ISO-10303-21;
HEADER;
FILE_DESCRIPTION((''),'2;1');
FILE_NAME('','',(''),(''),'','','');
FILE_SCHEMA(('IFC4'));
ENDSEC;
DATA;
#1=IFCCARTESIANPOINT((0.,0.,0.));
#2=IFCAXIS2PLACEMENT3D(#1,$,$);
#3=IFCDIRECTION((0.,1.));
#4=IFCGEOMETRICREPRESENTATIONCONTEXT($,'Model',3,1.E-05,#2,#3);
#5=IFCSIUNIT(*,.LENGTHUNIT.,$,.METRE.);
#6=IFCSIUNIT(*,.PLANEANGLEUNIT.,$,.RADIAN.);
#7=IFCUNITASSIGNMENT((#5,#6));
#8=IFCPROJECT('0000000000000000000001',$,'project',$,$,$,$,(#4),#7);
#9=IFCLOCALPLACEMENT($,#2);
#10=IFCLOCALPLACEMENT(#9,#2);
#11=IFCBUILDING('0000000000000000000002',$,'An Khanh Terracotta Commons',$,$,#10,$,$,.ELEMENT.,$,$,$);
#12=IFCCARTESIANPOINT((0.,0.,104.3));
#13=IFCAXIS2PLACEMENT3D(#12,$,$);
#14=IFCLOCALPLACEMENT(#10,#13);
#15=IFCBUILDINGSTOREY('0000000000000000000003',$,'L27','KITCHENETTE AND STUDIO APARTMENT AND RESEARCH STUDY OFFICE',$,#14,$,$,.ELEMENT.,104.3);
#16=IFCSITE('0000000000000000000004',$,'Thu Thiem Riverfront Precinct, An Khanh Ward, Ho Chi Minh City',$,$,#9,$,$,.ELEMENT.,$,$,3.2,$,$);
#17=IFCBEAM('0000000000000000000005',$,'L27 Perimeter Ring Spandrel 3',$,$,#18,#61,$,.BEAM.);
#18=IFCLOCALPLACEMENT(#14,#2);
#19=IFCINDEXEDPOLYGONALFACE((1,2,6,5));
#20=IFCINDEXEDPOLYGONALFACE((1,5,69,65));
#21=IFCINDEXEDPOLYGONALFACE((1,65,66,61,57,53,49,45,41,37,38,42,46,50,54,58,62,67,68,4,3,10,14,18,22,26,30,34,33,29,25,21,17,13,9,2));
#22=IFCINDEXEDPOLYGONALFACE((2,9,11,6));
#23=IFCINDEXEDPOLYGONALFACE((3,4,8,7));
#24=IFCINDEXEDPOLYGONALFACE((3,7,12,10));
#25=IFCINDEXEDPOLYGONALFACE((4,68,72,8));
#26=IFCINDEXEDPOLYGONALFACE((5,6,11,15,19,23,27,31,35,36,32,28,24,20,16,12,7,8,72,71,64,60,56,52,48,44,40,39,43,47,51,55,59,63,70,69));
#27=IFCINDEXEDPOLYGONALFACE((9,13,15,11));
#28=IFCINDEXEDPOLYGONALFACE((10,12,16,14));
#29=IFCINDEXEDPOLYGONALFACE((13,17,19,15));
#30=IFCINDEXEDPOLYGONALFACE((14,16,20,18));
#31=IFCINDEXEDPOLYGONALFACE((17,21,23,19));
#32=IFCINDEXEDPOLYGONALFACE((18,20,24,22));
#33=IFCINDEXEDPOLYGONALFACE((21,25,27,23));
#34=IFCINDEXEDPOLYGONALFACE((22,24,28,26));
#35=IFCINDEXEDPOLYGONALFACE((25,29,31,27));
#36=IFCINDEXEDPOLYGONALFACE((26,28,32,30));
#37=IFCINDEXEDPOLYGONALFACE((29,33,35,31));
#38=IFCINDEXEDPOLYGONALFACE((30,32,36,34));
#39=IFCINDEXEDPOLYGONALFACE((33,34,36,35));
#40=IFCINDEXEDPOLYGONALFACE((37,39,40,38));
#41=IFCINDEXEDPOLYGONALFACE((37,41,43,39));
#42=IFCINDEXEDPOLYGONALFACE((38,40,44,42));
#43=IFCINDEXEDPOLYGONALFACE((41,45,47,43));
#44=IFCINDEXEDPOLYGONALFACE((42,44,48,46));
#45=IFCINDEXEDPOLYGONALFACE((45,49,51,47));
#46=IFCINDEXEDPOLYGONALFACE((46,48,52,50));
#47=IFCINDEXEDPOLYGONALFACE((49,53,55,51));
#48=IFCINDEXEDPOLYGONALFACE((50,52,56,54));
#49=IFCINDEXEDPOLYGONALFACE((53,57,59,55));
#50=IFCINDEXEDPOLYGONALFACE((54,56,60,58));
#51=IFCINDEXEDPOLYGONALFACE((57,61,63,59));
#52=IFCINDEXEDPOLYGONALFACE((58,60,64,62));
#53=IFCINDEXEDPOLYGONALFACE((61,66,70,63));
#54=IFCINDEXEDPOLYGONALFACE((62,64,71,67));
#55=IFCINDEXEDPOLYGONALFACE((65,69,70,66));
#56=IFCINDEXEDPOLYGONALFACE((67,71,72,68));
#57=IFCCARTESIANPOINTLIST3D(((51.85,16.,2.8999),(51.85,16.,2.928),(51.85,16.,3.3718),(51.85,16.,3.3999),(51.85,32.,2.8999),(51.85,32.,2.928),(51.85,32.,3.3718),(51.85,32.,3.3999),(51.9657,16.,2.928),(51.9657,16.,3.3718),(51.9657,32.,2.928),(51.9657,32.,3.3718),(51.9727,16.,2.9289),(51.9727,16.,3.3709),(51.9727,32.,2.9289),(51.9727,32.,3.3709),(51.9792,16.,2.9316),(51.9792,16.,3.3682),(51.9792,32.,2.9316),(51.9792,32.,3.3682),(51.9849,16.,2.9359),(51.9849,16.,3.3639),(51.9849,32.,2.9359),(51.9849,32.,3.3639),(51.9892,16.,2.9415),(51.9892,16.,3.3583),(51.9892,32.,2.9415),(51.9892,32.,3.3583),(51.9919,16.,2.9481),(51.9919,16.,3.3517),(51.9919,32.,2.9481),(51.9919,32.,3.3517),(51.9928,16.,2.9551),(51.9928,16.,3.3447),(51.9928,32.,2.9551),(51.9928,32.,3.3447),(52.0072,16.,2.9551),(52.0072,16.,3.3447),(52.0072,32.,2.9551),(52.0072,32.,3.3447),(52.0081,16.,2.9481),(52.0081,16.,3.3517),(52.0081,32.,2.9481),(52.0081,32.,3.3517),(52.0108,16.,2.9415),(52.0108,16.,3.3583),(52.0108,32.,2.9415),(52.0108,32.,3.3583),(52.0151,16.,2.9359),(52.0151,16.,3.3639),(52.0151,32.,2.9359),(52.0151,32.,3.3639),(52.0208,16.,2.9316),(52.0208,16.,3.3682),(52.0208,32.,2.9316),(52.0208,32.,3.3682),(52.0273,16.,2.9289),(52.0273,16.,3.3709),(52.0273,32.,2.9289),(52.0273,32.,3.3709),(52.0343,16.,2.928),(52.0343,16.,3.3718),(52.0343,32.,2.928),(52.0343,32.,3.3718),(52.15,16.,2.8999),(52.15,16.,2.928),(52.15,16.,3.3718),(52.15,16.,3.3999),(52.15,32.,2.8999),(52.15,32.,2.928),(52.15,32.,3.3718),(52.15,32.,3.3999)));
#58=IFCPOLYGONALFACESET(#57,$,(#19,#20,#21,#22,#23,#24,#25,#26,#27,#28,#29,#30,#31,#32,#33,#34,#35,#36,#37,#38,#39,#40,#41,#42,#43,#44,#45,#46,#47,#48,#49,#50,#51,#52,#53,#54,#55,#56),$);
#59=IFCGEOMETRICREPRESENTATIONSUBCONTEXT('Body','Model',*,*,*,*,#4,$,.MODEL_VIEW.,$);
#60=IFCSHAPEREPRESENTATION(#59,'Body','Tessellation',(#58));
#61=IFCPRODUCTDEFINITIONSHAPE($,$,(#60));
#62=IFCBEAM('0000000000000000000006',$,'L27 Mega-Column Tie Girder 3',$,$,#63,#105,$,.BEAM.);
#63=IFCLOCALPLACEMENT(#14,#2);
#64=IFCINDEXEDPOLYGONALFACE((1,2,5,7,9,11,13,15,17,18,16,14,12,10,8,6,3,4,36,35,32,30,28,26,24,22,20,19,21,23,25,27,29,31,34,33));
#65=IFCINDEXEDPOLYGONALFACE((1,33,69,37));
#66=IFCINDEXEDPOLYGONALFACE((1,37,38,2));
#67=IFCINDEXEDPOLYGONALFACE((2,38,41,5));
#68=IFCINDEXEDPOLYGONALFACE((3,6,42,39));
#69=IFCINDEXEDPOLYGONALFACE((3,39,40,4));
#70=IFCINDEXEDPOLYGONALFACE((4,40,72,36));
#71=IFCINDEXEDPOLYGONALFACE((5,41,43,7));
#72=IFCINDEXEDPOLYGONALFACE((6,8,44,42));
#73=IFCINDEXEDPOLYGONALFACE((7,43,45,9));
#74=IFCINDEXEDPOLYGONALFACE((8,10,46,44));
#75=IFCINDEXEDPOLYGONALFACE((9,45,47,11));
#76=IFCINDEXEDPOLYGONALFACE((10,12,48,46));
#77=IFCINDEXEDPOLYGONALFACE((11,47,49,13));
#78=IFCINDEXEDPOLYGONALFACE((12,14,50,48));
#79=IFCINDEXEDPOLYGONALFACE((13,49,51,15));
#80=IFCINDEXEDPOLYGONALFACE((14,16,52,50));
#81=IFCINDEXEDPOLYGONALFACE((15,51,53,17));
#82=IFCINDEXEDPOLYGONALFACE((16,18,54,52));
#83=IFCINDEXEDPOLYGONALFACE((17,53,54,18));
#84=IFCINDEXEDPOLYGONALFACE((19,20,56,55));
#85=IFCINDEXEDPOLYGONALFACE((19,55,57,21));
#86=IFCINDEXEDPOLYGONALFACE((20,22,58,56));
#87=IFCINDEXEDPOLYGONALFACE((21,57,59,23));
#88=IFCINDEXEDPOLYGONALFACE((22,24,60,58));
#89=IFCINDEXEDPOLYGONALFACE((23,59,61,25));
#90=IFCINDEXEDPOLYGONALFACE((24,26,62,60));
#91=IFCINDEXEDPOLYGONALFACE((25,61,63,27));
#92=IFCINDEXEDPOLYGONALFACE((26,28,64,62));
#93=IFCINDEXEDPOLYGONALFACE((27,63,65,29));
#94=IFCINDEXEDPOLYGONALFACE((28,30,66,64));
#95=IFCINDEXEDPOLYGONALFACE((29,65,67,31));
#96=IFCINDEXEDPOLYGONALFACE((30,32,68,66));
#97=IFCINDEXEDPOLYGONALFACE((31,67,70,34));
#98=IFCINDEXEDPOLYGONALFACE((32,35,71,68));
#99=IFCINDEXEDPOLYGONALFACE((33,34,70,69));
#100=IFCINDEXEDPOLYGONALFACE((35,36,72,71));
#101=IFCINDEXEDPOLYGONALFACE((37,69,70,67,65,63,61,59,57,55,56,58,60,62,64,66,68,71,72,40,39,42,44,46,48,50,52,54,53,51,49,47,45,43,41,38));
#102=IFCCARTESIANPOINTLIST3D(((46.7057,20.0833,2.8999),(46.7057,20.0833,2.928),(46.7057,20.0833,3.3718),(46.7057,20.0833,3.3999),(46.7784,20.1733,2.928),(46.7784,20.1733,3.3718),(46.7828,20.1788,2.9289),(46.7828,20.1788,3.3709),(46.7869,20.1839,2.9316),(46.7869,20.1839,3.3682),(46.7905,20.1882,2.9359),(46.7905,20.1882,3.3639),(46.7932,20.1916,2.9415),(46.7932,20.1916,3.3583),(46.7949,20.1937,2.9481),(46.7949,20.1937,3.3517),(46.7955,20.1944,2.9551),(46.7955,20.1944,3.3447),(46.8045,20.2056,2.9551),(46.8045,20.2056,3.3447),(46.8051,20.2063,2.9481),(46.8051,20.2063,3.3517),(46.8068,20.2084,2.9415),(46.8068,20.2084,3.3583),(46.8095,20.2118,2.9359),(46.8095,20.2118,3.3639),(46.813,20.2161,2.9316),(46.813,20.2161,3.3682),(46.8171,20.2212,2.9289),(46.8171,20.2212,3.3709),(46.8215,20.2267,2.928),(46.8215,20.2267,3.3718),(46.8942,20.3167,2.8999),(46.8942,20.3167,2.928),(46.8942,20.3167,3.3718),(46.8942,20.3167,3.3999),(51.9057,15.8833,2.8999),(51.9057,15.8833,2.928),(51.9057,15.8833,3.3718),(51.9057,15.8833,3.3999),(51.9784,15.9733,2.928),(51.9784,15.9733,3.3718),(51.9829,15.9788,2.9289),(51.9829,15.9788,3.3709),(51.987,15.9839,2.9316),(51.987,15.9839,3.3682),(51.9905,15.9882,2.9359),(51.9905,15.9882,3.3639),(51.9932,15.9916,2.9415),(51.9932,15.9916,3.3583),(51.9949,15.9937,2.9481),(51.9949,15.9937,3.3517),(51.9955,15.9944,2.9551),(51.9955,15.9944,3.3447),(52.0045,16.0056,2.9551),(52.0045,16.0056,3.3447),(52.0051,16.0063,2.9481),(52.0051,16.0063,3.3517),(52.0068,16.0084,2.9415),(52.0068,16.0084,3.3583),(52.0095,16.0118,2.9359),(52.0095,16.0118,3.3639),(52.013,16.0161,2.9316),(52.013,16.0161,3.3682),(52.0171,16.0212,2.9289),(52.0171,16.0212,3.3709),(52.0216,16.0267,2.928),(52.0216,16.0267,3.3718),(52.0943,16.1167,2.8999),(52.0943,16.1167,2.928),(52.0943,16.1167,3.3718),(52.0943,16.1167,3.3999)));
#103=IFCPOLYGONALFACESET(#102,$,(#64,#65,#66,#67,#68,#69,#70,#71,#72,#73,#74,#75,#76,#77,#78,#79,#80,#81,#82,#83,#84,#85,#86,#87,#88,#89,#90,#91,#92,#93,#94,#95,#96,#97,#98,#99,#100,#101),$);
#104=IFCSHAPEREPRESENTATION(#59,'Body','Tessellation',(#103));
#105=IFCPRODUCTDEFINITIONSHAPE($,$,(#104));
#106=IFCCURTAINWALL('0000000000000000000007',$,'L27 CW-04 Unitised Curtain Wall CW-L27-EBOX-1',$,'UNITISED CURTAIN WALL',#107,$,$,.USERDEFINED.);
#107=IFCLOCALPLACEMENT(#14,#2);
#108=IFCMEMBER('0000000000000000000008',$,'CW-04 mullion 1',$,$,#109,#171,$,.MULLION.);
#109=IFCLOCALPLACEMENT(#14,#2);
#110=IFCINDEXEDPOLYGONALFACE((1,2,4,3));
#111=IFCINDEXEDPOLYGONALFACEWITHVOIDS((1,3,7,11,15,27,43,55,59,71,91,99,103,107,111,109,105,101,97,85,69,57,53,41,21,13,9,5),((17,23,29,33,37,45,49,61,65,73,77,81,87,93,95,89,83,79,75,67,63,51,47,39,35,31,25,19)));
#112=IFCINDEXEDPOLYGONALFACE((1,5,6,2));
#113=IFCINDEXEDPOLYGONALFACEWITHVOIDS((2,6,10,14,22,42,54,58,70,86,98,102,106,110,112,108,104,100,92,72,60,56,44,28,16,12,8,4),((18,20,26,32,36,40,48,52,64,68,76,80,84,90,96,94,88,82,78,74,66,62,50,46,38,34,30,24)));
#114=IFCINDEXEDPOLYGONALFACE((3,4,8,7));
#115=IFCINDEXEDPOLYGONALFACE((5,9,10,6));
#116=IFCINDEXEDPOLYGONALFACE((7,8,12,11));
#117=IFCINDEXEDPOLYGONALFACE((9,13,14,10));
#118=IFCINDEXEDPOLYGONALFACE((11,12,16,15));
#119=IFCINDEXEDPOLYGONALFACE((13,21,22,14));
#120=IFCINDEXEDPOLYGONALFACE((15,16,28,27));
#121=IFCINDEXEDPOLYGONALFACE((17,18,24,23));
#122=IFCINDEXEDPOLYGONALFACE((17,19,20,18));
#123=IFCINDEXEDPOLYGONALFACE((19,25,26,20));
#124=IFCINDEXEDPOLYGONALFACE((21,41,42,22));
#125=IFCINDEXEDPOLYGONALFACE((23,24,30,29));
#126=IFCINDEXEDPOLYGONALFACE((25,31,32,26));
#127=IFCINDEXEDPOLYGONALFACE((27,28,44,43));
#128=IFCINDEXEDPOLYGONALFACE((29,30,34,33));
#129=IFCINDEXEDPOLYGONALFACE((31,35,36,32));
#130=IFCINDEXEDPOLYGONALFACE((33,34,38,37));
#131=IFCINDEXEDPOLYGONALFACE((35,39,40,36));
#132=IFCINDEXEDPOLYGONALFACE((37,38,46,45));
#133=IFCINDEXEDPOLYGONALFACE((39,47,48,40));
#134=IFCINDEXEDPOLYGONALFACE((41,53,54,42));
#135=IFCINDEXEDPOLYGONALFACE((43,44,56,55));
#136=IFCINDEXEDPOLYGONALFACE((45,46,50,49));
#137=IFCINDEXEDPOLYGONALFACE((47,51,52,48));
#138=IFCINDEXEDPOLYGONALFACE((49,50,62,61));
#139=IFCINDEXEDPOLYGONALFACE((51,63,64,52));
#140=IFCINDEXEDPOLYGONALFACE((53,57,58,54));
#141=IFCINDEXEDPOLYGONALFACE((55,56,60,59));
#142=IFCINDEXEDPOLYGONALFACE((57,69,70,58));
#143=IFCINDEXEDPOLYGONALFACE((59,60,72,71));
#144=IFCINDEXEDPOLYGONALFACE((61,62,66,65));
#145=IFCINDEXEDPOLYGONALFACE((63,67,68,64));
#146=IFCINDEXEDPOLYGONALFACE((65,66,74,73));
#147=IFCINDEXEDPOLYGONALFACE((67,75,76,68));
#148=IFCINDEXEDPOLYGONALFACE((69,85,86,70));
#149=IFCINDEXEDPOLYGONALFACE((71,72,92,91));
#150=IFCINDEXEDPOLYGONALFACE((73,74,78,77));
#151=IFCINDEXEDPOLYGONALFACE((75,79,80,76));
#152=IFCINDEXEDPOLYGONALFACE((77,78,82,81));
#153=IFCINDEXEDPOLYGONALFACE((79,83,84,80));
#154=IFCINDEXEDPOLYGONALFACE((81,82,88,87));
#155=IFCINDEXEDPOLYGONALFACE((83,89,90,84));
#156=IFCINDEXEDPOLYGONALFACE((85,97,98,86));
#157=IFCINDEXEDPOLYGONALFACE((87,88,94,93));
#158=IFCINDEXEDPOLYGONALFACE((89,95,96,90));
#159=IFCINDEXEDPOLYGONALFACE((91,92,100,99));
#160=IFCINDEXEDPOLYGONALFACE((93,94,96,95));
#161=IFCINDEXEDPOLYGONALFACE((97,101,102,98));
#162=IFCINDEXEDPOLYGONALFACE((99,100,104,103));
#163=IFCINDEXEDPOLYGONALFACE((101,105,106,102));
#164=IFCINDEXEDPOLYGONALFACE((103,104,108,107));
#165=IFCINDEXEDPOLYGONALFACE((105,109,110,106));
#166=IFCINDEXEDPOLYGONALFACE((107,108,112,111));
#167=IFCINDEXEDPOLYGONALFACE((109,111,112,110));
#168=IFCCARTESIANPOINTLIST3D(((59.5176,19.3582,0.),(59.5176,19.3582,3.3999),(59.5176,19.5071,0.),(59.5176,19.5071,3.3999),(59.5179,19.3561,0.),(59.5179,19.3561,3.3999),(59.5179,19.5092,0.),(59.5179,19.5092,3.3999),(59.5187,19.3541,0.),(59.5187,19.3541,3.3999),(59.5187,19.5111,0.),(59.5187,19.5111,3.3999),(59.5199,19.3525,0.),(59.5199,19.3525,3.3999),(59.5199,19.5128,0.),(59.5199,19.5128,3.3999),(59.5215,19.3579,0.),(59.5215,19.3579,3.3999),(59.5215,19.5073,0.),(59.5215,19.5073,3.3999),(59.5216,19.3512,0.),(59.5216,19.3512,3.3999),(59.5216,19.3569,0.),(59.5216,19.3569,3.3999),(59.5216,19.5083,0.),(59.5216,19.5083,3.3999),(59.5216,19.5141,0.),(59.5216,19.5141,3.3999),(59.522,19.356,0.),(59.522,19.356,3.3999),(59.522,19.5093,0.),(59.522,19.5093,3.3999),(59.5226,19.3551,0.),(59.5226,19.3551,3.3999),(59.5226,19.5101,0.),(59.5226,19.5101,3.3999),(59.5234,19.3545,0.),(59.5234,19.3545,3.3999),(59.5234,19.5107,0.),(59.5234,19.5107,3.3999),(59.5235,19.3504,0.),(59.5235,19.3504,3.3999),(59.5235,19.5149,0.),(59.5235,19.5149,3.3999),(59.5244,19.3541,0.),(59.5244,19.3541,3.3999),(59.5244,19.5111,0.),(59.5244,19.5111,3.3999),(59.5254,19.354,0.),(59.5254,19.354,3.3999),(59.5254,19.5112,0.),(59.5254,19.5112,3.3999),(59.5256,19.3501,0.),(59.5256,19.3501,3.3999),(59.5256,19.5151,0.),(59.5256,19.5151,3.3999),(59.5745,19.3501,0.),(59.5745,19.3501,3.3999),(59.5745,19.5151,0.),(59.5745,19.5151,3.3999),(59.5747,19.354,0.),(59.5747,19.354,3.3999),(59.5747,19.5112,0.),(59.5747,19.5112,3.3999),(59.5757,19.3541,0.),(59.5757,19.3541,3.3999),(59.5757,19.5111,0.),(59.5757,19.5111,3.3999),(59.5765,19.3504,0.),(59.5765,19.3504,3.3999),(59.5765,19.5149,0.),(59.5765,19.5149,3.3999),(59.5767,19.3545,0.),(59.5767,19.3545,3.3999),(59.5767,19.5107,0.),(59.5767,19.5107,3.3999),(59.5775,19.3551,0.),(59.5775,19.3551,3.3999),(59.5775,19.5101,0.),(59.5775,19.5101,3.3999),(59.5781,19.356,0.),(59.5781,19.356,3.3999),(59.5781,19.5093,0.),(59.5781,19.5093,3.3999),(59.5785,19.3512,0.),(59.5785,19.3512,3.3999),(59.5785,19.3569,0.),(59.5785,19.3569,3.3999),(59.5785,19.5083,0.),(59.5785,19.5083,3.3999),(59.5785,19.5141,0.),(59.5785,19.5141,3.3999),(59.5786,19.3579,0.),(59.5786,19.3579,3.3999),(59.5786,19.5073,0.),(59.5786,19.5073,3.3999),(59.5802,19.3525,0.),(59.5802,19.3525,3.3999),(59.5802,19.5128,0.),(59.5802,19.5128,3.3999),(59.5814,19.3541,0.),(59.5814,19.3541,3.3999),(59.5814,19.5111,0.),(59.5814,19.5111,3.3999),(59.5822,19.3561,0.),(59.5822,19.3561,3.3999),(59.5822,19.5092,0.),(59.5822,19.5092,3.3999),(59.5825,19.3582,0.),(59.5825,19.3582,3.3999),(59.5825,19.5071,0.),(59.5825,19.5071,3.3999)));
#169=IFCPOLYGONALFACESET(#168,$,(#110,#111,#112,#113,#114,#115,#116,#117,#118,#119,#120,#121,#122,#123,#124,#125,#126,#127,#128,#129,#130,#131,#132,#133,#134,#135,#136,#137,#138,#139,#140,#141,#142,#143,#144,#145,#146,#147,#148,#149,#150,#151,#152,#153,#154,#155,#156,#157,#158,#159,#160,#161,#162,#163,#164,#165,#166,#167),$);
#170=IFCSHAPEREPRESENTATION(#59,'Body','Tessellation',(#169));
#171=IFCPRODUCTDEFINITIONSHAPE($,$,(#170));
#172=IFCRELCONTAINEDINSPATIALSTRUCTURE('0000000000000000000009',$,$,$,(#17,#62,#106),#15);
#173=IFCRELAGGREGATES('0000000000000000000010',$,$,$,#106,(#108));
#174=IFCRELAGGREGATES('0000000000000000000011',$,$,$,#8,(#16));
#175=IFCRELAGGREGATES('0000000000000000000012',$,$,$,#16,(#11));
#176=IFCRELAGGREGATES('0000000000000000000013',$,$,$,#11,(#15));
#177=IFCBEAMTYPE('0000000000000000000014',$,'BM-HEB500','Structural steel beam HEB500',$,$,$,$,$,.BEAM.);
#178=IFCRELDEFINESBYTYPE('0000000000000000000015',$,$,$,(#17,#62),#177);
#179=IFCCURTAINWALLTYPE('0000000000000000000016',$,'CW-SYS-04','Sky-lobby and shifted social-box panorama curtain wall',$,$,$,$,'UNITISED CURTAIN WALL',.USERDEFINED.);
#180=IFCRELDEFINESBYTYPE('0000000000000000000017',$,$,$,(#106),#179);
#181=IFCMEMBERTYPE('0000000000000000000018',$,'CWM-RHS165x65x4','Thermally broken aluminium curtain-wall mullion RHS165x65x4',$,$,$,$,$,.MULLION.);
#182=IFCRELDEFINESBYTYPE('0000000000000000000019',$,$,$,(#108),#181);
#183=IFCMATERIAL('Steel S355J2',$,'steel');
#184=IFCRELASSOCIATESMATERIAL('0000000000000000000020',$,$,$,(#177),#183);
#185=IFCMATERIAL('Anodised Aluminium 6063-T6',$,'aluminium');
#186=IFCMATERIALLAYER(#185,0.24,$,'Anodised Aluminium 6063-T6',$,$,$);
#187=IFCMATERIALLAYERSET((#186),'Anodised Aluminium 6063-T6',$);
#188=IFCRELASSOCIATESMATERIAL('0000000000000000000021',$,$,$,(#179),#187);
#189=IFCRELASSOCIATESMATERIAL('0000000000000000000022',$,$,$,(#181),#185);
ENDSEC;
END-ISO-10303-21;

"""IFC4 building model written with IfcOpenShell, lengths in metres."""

from ifc_helpers import new_model, si_unit, direction, frame, origin, origin_2d, place, context, subcontext, project, spatial, hollow_rectangle, i_section, extrude, material, layer, layer_set, material_profile, profile_set, type_object, element, aggregate, save


model = new_model("IFC4")

# Units and contexts
model_context = context("Model", 3, precision=1e-05, world=origin(), true_north=direction((0.0, 1.0)))
body_context = subcontext(model_context, "Body", "Model", "MODEL_VIEW")
ifc_project = project(units=[si_unit("LENGTHUNIT", "METRE"), si_unit("PLANEANGLEUNIT", "RADIAN")], contexts=[model_context])

# Site, building, storey
site_placement = place(None, origin())
site = spatial("IfcSite", under=ifc_project, at=site_placement, Name="Thu Thiem Riverfront Precinct, An Khanh Ward, Ho Chi Minh City", CompositionType="ELEMENT", RefElevation=3.2)
building_placement = place(site_placement, origin())
building = spatial("IfcBuilding", under=site, at=building_placement, Name="An Khanh Terracotta Commons", CompositionType="ELEMENT")
storey_placement = place(building_placement, frame((0.0, 0.0, 104.3)))
storey = spatial("IfcBuildingStorey", under=building, at=storey_placement, Name="L27", Description="KITCHENETTE AND STUDIO APARTMENT AND RESEARCH STUDY OFFICE", CompositionType="ELEMENT", Elevation=104.3)

# Beams
ifc_material_1 = material(Name="Steel S355J2", Category="steel")
ifc_material_profile_1 = material_profile(ifc_material_1, i_section(OverallWidth=0.3, OverallDepth=0.5, WebThickness=0.0144, FlangeThickness=0.0281, FilletRadius=0.0271, at=origin_2d()), Name="HEB500")
ifc_profile_set_1 = profile_set([ifc_material_profile_1], Name="Steel S355J2")
beam_type = type_object("IfcBeamType", Name="BM-HEB500", Description="Structural steel beam HEB500", PredefinedType="BEAM", material=ifc_profile_set_1)
beam_1_placement = place(storey_placement, frame((52.0, 16.0, 3.1499), z_axis=(0.0, 1.0, 0.0), x_axis=(-1.0, 0.0, 0.0)))
element("IfcBeam", 1, at=beam_1_placement, inside=storey, type_object=beam_type, Name="L27 Perimeter Ring Spandrel 3", PredefinedType="BEAM", context=body_context, shape_type="SweptSolid", body=[
    extrude(i_section(OverallWidth=0.3, OverallDepth=0.5, WebThickness=0.0144, FlangeThickness=0.0281, FilletRadius=0.0271, at=origin_2d()), origin(), (0.0, 0.0, 1.0), 16.0),
])
beam_2_placement = place(storey_placement, frame((52.0, 16.0, 3.1499), z_axis=(-0.777942, 0.628336, 0.0), x_axis=(-0.628336, -0.777942, 0.0)))
element("IfcBeam", 2, at=beam_2_placement, inside=storey, type_object=beam_type, Name="L27 Mega-Column Tie Girder 3", PredefinedType="BEAM", context=body_context, shape_type="SweptSolid", body=[
    extrude(i_section(OverallWidth=0.3, OverallDepth=0.5, WebThickness=0.0144, FlangeThickness=0.0281, FilletRadius=0.0271, at=origin_2d()), origin(), (0.0, 0.0, 1.0), 6.6843),
])

# Curtain wall, member
ifc_material_2 = material(Name="Anodised Aluminium 6063-T6", Category="aluminium")
ifc_layer_1 = layer(ifc_material_2, 0.24, Name="Anodised Aluminium 6063-T6")
ifc_layer_set_1 = layer_set([ifc_layer_1], Name="Anodised Aluminium 6063-T6")
curtain_wall_type_1 = type_object("IfcCurtainWallType", Name="CW-SYS-04", Description="Sky-lobby and shifted social-box panorama curtain wall", ElementType="UNITISED CURTAIN WALL", PredefinedType="USERDEFINED", material=ifc_layer_set_1)
curtain_wall_1_placement = place(storey_placement, origin())
curtain_wall_1 = element("IfcCurtainWall", 3, at=curtain_wall_1_placement, inside=storey, type_object=curtain_wall_type_1, Name="L27 CW-04 Unitised Curtain Wall CW-L27-EBOX-1", ObjectType="UNITISED CURTAIN WALL", PredefinedType="USERDEFINED")
ifc_material_profile_2 = material_profile(ifc_material_2, hollow_rectangle(XDim=0.0649, YDim=0.165, WallThickness=0.0039, InnerFilletRadius=0.0039, OuterFilletRadius=0.0081, at=origin_2d()), Name="RHS165x65x4")
ifc_profile_set_2 = profile_set([ifc_material_profile_2], Name="Anodised Aluminium 6063-T6")
member_type_1 = type_object("IfcMemberType", Name="CWM-RHS165x65x4", Description="Thermally broken aluminium curtain-wall mullion RHS165x65x4", PredefinedType="MULLION", material=ifc_profile_set_2)
member_1_placement = place(storey_placement, frame((59.55, 19.4326, 0.0), z_axis=(0.0, 0.0, 1.0), x_axis=(-1.0, 0.0, 0.0)))
member_1 = element("IfcMember", 4, at=member_1_placement, type_object=member_type_1, Name="CW-04 mullion 1", PredefinedType="MULLION", context=body_context, shape_type="SweptSolid", body=[
    extrude(hollow_rectangle(XDim=0.0649, YDim=0.165, WallThickness=0.0039, InnerFilletRadius=0.0039, OuterFilletRadius=0.0081, at=origin_2d()), origin(), (0.0, 0.0, 1.0), 3.3999),
])

aggregate(curtain_wall_1, [member_1])

save(model, "model.ifc")
